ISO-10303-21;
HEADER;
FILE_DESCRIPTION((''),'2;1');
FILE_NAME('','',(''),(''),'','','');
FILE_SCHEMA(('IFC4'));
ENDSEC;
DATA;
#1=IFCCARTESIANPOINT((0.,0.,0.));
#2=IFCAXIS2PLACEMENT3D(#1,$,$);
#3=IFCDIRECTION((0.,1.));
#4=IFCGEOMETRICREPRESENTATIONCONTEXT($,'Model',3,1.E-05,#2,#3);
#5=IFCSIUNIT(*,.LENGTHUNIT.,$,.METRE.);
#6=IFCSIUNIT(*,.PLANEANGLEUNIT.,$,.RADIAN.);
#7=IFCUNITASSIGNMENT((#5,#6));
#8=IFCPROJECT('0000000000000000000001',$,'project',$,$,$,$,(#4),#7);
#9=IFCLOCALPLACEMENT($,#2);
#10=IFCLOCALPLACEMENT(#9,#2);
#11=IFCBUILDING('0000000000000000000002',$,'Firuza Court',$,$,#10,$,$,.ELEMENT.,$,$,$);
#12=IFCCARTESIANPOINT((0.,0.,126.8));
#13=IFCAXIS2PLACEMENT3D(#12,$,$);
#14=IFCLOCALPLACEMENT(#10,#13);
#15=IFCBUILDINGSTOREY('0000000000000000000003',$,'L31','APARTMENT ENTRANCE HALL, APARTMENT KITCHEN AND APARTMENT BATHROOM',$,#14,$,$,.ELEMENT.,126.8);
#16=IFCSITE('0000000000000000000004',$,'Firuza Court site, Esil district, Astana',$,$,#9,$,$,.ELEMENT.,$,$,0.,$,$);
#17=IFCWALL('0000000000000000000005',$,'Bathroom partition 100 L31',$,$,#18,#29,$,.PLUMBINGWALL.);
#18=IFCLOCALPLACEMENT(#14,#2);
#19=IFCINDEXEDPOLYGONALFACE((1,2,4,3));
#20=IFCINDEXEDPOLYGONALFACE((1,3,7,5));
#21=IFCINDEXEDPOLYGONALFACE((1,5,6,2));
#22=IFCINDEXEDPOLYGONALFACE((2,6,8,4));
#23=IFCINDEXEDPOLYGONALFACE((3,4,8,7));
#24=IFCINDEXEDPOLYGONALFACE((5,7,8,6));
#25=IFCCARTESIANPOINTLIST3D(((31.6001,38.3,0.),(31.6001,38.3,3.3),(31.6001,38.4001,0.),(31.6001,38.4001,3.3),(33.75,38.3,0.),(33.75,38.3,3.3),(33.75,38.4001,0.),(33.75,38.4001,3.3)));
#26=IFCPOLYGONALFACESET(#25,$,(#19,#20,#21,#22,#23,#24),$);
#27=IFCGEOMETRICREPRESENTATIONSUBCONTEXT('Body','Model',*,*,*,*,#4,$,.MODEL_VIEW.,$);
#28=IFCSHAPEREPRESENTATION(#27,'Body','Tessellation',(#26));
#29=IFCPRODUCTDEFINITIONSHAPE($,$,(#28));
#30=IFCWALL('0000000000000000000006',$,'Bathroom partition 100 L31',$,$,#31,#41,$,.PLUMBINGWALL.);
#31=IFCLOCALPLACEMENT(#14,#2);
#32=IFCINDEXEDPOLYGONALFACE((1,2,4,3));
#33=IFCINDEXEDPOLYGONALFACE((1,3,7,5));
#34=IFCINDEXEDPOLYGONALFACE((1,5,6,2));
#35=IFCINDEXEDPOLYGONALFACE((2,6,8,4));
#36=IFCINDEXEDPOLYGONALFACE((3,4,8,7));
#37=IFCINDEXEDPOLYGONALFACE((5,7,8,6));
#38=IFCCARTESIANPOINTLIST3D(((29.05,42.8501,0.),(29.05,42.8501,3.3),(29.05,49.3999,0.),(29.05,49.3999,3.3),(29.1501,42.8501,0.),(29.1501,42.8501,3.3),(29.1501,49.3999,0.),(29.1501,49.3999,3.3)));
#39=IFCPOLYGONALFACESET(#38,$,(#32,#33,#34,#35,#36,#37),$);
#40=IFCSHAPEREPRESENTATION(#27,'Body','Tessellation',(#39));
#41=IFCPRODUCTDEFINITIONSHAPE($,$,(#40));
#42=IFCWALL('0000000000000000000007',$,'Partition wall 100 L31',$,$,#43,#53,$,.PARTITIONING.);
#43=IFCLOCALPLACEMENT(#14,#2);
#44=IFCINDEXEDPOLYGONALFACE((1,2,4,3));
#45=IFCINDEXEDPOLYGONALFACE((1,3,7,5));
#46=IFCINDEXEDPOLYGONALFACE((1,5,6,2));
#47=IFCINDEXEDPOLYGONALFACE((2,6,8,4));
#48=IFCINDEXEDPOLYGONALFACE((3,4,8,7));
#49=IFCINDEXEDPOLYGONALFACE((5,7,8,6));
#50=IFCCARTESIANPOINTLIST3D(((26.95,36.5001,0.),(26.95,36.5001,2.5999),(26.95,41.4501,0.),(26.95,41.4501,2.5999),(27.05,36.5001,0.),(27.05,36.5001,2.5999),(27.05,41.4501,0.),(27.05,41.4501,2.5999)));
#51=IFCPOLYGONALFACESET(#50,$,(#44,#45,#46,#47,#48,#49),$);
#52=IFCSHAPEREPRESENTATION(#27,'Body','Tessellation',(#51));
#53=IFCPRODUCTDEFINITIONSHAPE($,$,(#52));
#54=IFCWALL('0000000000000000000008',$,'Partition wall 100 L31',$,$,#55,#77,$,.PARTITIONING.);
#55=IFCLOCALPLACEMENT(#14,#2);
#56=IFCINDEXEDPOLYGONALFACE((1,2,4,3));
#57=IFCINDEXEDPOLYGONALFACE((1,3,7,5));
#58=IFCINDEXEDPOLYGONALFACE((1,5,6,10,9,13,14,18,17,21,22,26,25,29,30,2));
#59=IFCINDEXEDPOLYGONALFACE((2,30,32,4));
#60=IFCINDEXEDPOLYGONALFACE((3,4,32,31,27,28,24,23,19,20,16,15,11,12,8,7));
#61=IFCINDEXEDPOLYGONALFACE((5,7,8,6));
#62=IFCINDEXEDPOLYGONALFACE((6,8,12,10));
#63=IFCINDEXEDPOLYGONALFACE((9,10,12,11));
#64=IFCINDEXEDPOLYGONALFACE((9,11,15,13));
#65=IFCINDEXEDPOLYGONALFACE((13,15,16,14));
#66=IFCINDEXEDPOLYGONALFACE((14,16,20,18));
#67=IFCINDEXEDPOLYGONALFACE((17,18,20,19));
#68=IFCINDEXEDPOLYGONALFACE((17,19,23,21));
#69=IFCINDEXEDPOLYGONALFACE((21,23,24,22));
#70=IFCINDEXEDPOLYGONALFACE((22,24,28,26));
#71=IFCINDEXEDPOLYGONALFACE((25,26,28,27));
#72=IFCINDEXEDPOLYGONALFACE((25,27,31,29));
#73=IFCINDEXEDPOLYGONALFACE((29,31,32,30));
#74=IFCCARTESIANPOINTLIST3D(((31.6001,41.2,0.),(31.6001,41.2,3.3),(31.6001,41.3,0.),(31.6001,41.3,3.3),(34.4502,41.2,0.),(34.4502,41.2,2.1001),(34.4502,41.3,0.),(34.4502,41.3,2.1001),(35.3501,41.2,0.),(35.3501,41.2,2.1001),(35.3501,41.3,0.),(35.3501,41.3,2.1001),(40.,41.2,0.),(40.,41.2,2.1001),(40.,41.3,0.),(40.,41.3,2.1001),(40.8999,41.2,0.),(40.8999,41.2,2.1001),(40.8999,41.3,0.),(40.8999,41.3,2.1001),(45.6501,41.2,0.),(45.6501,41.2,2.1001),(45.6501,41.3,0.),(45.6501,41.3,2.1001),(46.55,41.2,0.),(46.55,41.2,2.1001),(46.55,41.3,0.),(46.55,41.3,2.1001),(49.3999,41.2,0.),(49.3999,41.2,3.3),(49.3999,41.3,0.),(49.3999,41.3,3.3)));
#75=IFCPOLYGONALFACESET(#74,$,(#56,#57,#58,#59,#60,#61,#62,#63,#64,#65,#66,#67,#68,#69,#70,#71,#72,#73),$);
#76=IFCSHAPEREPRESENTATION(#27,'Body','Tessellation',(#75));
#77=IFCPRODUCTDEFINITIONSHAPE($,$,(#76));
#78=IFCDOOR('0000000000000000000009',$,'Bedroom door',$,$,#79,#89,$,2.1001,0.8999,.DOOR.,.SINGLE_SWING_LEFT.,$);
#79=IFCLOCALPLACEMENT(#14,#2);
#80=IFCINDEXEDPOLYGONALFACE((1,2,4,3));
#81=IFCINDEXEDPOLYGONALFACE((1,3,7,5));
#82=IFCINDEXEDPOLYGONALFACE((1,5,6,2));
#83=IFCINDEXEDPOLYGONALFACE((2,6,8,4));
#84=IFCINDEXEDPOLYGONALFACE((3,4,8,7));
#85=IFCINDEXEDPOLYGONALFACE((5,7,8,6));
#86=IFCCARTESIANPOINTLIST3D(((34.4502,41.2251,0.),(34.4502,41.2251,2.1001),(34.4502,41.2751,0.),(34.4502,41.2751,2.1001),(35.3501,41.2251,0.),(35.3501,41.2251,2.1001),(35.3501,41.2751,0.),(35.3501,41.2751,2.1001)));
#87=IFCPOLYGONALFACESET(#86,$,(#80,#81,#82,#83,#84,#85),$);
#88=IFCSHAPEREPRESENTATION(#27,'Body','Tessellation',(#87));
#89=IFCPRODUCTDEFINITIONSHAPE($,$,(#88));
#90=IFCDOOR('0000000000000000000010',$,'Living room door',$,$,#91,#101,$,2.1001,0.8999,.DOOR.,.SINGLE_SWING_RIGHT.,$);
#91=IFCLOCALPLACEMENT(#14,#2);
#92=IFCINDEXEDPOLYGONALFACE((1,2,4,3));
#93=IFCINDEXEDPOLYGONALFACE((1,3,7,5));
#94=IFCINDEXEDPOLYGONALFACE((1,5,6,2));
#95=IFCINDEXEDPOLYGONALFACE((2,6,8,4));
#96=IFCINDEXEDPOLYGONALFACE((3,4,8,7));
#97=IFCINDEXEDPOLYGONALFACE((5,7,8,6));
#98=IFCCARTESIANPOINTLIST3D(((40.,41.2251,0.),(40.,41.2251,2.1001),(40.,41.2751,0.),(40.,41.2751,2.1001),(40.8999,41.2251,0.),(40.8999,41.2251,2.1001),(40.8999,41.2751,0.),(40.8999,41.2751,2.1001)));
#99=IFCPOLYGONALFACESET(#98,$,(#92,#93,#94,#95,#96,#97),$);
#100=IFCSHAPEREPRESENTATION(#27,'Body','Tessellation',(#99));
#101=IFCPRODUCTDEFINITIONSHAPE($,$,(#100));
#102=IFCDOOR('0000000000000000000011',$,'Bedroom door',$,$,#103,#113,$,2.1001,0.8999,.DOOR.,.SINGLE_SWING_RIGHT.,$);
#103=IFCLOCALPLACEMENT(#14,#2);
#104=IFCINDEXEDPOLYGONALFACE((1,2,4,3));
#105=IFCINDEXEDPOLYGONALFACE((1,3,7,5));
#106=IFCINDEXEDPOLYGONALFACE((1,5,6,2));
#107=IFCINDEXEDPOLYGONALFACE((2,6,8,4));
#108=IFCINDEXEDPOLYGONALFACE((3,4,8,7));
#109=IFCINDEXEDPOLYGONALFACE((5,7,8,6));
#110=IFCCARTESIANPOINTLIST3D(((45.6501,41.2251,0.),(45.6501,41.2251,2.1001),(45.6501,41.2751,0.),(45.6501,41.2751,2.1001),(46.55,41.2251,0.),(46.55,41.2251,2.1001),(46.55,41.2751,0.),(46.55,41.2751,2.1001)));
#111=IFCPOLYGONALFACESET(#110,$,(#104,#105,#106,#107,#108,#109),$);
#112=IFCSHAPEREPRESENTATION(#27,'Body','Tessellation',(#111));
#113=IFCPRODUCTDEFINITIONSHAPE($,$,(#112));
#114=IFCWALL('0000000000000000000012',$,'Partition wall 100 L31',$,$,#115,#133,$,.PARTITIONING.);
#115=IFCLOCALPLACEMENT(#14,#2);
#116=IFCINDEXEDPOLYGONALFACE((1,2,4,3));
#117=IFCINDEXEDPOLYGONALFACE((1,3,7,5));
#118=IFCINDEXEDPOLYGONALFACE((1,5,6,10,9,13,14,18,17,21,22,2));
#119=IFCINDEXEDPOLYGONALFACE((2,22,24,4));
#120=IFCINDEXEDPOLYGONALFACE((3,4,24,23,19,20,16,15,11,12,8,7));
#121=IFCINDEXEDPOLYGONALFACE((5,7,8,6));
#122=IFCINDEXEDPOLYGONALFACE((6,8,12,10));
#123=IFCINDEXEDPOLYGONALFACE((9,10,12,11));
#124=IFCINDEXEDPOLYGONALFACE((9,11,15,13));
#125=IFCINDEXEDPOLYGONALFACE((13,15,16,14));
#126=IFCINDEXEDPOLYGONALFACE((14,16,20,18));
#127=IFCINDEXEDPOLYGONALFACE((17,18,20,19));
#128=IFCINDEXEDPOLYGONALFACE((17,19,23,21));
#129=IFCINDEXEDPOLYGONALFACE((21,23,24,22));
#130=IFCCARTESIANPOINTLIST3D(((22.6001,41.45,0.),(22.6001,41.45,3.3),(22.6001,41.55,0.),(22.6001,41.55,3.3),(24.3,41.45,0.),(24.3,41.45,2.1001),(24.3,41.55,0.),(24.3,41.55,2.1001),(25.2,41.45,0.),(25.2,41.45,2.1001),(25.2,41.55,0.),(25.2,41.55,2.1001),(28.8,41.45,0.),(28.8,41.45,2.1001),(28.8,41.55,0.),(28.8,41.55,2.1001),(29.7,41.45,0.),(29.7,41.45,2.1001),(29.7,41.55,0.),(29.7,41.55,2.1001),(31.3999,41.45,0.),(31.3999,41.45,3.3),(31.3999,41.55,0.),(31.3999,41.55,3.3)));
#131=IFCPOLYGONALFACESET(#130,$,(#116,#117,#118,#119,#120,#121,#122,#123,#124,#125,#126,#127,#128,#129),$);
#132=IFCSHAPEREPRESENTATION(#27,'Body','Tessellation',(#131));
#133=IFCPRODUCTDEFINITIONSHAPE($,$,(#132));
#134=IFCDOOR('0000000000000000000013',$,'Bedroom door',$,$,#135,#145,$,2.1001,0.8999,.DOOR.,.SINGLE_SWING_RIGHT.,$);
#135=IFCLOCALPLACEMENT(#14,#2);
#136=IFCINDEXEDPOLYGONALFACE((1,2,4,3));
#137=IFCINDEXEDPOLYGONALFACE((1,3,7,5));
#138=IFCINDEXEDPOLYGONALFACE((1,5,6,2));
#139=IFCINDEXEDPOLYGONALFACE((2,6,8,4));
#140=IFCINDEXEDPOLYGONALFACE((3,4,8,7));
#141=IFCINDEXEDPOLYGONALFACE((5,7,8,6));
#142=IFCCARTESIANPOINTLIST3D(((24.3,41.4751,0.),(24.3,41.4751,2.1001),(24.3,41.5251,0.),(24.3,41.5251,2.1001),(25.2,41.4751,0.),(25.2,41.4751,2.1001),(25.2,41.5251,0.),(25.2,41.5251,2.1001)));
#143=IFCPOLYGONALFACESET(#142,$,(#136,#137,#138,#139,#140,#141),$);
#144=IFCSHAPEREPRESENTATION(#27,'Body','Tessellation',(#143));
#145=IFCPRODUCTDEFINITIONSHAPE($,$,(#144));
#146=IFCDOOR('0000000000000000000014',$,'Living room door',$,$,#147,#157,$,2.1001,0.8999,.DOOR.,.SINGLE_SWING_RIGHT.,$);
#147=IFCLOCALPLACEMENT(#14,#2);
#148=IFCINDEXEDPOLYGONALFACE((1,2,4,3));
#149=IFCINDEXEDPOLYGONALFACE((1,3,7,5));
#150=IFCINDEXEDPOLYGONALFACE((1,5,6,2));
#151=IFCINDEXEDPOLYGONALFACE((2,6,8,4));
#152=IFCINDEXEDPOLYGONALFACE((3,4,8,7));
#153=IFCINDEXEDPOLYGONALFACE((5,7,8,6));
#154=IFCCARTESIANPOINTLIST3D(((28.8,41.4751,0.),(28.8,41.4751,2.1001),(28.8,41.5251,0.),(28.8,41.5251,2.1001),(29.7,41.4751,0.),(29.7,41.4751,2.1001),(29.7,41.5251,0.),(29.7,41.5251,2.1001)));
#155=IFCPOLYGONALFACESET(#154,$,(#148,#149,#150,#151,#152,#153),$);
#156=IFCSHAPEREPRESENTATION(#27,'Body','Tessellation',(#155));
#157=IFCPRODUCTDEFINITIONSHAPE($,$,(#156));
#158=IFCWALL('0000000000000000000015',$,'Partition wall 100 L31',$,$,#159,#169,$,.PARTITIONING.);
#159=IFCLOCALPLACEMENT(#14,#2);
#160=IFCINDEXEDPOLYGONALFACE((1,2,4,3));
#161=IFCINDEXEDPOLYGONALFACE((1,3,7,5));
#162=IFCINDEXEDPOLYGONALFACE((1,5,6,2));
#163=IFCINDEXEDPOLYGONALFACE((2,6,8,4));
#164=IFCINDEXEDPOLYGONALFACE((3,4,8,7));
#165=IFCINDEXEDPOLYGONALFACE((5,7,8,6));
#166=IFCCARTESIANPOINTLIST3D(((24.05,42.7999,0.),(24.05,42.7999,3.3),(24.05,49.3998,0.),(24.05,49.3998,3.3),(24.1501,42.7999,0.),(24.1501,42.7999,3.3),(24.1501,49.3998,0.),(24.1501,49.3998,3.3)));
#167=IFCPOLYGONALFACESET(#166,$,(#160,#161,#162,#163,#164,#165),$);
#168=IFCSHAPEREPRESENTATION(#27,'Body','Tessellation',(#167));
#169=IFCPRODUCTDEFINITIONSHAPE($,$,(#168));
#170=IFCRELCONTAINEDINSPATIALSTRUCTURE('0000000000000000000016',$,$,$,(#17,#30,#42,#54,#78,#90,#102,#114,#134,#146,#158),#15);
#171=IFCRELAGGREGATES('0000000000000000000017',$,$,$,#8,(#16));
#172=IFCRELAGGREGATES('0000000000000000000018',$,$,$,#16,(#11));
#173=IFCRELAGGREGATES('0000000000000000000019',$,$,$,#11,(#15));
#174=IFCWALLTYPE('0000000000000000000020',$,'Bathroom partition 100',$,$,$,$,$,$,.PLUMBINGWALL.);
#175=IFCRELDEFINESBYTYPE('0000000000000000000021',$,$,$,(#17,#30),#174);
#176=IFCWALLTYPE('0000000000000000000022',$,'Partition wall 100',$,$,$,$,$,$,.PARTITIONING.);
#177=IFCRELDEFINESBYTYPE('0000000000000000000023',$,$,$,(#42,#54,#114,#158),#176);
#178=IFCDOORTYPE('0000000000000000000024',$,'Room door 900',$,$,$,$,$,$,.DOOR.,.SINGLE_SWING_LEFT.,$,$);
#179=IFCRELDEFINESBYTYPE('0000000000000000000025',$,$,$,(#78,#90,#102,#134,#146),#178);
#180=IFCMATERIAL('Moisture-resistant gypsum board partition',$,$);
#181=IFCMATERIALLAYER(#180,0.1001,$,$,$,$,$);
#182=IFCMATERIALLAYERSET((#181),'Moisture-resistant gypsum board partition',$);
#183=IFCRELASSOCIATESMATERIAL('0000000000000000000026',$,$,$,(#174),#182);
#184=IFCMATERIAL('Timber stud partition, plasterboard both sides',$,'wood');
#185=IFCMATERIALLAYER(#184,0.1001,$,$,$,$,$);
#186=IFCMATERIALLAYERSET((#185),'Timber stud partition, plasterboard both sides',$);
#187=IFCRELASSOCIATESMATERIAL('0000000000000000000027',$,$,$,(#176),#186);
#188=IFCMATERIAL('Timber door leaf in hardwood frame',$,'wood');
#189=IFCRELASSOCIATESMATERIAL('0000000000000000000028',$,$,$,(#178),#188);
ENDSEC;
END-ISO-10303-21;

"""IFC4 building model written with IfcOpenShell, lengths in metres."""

from ifc_helpers import new_model, si_unit, direction, frame, frame_2d, origin, place, context, subcontext, project, spatial, rectangle, extrude, material, layer, layer_set, type_object, element, fill, save


model = new_model("IFC4")

# Units and contexts
model_context = context("Model", 3, precision=1e-05, world=origin(), true_north=direction((0.0, 1.0)))
body_context = subcontext(model_context, "Body", "Model", "MODEL_VIEW")
ifc_project = project(units=[si_unit("LENGTHUNIT", "METRE"), si_unit("PLANEANGLEUNIT", "RADIAN")], contexts=[model_context])

# Site, building, storey
site_placement = place(None, origin())
site = spatial("IfcSite", under=ifc_project, at=site_placement, Name="Firuza Court site, Esil district, Astana", CompositionType="ELEMENT", RefElevation=0.0)
building_placement = place(site_placement, origin())
building = spatial("IfcBuilding", under=site, at=building_placement, Name="Firuza Court", CompositionType="ELEMENT")
storey_placement = place(building_placement, frame((0.0, 0.0, 126.8)))
storey = spatial("IfcBuildingStorey", under=building, at=storey_placement, Name="L31", Description="APARTMENT ENTRANCE HALL, APARTMENT KITCHEN AND APARTMENT BATHROOM", CompositionType="ELEMENT", Elevation=126.8)

# Walls
ifc_material_1 = material(Name="Moisture-resistant gypsum board partition")
ifc_layer_1 = layer(ifc_material_1, 0.1001)
ifc_layer_set_1 = layer_set([ifc_layer_1], Name="Moisture-resistant gypsum board partition")
wall_type_1 = type_object("IfcWallType", Name="Bathroom partition 100", PredefinedType="PLUMBINGWALL", material=ifc_layer_set_1)
wall_1_placement = place(storey_placement, frame((31.6001, 38.3501, 0.0), z_axis=(0.0, 0.0, 1.0), x_axis=(1.0, 0.0, 0.0)))
element("IfcWall", 1, at=wall_1_placement, inside=storey, type_object=wall_type_1, Name="Bathroom partition 100 L31", PredefinedType="PLUMBINGWALL", context=body_context, shape_type="SweptSolid", body=[
    extrude(rectangle(XDim=2.1499, YDim=0.1001, at=frame_2d((1.075, 0.0))), origin(), (0.0, 0.0, 1.0), 3.3),
])
wall_2_placement = place(storey_placement, frame((29.1001, 42.8501, 0.0), z_axis=(0.0, 0.0, 1.0), x_axis=(0.0, 1.0, 0.0)))
element("IfcWall", 2, at=wall_2_placement, inside=storey, type_object=wall_type_1, Name="Bathroom partition 100 L31", PredefinedType="PLUMBINGWALL", context=body_context, shape_type="SweptSolid", body=[
    extrude(rectangle(XDim=6.5498, YDim=0.1001, at=frame_2d((3.2749, 0.0))), origin(), (0.0, 0.0, 1.0), 3.3),
])
ifc_material_2 = material(Name="Timber stud partition, plasterboard both sides", Category="wood")
ifc_layer_2 = layer(ifc_material_2, 0.1001)
ifc_layer_set_2 = layer_set([ifc_layer_2], Name="Timber stud partition, plasterboard both sides")
wall_type_2 = type_object("IfcWallType", Name="Partition wall 100", PredefinedType="PARTITIONING", material=ifc_layer_set_2)
wall_3_placement = place(storey_placement, frame((27.0, 36.5, 0.0), z_axis=(0.0, 0.0, 1.0), x_axis=(0.0, 1.0, 0.0)))
element("IfcWall", 3, at=wall_3_placement, inside=storey, type_object=wall_type_2, Name="Partition wall 100 L31", PredefinedType="PARTITIONING", context=body_context, shape_type="SweptSolid", body=[
    extrude(rectangle(XDim=4.95, YDim=0.1001, at=frame_2d((2.4751, 0.0))), origin(), (0.0, 0.0, 1.0), 2.5999),
])

# Walls, openings, doors
wall_4_placement = place(storey_placement, frame((31.6001, 41.25, 0.0), z_axis=(0.0, 0.0, 1.0), x_axis=(1.0, 0.0, 0.0)))
wall_4 = element("IfcWall", 4, at=wall_4_placement, inside=storey, type_object=wall_type_2, Name="Partition wall 100 L31", PredefinedType="PARTITIONING", context=body_context, shape_type="SweptSolid", body=[
    extrude(rectangle(XDim=17.7998, YDim=0.1001, at=frame_2d((8.8999, 0.0))), origin(), (0.0, 0.0, 1.0), 3.3),
])
opening_1_placement = place(wall_4_placement, frame((2.8501, 0.0, 0.0)))
opening_1 = element("IfcOpeningElement", 5, at=opening_1_placement, cuts=wall_4, PredefinedType="OPENING", context=body_context, shape_type="SweptSolid", body=[
    extrude(rectangle(XDim=0.8999, YDim=2.1001, at=frame_2d((0.45, 1.05))), frame((0.0, 0.062, 0.0), z_axis=(0.0, -1.0, 0.0), x_axis=(1.0, 0.0, 0.0)), (0.0, 0.0, 1.0), 0.124),
])
opening_2_placement = place(wall_4_placement, frame((8.3999, 0.0, 0.0)))
opening_2 = element("IfcOpeningElement", 6, at=opening_2_placement, cuts=wall_4, PredefinedType="OPENING", context=body_context, shape_type="SweptSolid", body=[
    extrude(rectangle(XDim=0.8999, YDim=2.1001, at=frame_2d((0.45, 1.05))), frame((0.0, 0.062, 0.0), z_axis=(0.0, -1.0, 0.0), x_axis=(1.0, 0.0, 0.0)), (0.0, 0.0, 1.0), 0.124),
])
opening_3_placement = place(wall_4_placement, frame((14.05, 0.0, 0.0)))
opening_3 = element("IfcOpeningElement", 7, at=opening_3_placement, cuts=wall_4, PredefinedType="OPENING", context=body_context, shape_type="SweptSolid", body=[
    extrude(rectangle(XDim=0.8999, YDim=2.1001, at=frame_2d((0.45, 1.05))), frame((0.0, 0.062, 0.0), z_axis=(0.0, -1.0, 0.0), x_axis=(1.0, 0.0, 0.0)), (0.0, 0.0, 1.0), 0.124),
])
ifc_material_3 = material(Name="Timber door leaf in hardwood frame", Category="wood")
door_type_1 = type_object("IfcDoorType", Name="Room door 900", OperationType="SINGLE_SWING_LEFT", PredefinedType="DOOR", material=ifc_material_3)
door_1_placement = place(opening_1_placement, frame((0.8999, 0.0, 0.0), z_axis=(0.0, 0.0, 1.0), x_axis=(-1.0, 0.0, 0.0)))
door_1 = element("IfcDoor", 8, at=door_1_placement, inside=storey, type_object=door_type_1, Name="Bedroom door", OperationType="SINGLE_SWING_LEFT", OverallHeight=2.1001, OverallWidth=0.8999, PredefinedType="DOOR", context=body_context, shape_type="SweptSolid", body=[
    extrude(rectangle(XDim=0.8999, YDim=2.1001, at=frame_2d((0.45, 1.05))), frame((0.0, 0.0249, 0.0), z_axis=(0.0, -1.0, 0.0), x_axis=(1.0, 0.0, 0.0)), (0.0, 0.0, 1.0), 0.05),
])
fill(opening_1, door_1)
door_2_placement = place(opening_2_placement, frame((0.8999, 0.0, 0.0), z_axis=(0.0, 0.0, 1.0), x_axis=(-1.0, 0.0, 0.0)))
door_2 = element("IfcDoor", 9, at=door_2_placement, inside=storey, type_object=door_type_1, Name="Living room door", OperationType="SINGLE_SWING_RIGHT", OverallHeight=2.1001, OverallWidth=0.8999, PredefinedType="DOOR", context=body_context, shape_type="SweptSolid", body=[
    extrude(rectangle(XDim=0.8999, YDim=2.1001, at=frame_2d((0.45, 1.05))), frame((0.0, 0.0249, 0.0), z_axis=(0.0, -1.0, 0.0), x_axis=(1.0, 0.0, 0.0)), (0.0, 0.0, 1.0), 0.05),
])
fill(opening_2, door_2)
door_3_placement = place(opening_3_placement, frame((0.8999, 0.0, 0.0), z_axis=(0.0, 0.0, 1.0), x_axis=(-1.0, 0.0, 0.0)))
door_3 = element("IfcDoor", 10, at=door_3_placement, inside=storey, type_object=door_type_1, Name="Bedroom door", OperationType="SINGLE_SWING_RIGHT", OverallHeight=2.1001, OverallWidth=0.8999, PredefinedType="DOOR", context=body_context, shape_type="SweptSolid", body=[
    extrude(rectangle(XDim=0.8999, YDim=2.1001, at=frame_2d((0.45, 1.05))), frame((0.0, 0.0249, 0.0), z_axis=(0.0, -1.0, 0.0), x_axis=(1.0, 0.0, 0.0)), (0.0, 0.0, 1.0), 0.05),
])
fill(opening_3, door_3)
wall_5_placement = place(storey_placement, frame((22.6001, 41.5, 0.0), z_axis=(0.0, 0.0, 1.0), x_axis=(1.0, 0.0, 0.0)))
wall_5 = element("IfcWall", 11, at=wall_5_placement, inside=storey, type_object=wall_type_2, Name="Partition wall 100 L31", PredefinedType="PARTITIONING", context=body_context, shape_type="SweptSolid", body=[
    extrude(rectangle(XDim=8.7998, YDim=0.1001, at=frame_2d((4.3999, 0.0))), origin(), (0.0, 0.0, 1.0), 3.3),
])
opening_4_placement = place(wall_5_placement, frame((1.7, 0.0, 0.0)))
opening_4 = element("IfcOpeningElement", 12, at=opening_4_placement, cuts=wall_5, PredefinedType="OPENING", context=body_context, shape_type="SweptSolid", body=[
    extrude(rectangle(XDim=0.8999, YDim=2.1001, at=frame_2d((0.45, 1.05))), frame((0.0, 0.062, 0.0), z_axis=(0.0, -1.0, 0.0), x_axis=(1.0, 0.0, 0.0)), (0.0, 0.0, 1.0), 0.124),
])
opening_5_placement = place(wall_5_placement, frame((6.2, 0.0, 0.0)))
opening_5 = element("IfcOpeningElement", 13, at=opening_5_placement, cuts=wall_5, PredefinedType="OPENING", context=body_context, shape_type="SweptSolid", body=[
    extrude(rectangle(XDim=0.8999, YDim=2.1001, at=frame_2d((0.45, 1.05))), frame((0.0, 0.062, 0.0), z_axis=(0.0, -1.0, 0.0), x_axis=(1.0, 0.0, 0.0)), (0.0, 0.0, 1.0), 0.124),
])
door_4_placement = place(opening_4_placement, frame((0.8999, 0.0, 0.0), z_axis=(0.0, 0.0, 1.0), x_axis=(-1.0, 0.0, 0.0)))
door_4 = element("IfcDoor", 14, at=door_4_placement, inside=storey, type_object=door_type_1, Name="Bedroom door", OperationType="SINGLE_SWING_RIGHT", OverallHeight=2.1001, OverallWidth=0.8999, PredefinedType="DOOR", context=body_context, shape_type="SweptSolid", body=[
    extrude(rectangle(XDim=0.8999, YDim=2.1001, at=frame_2d((0.45, 1.05))), frame((0.0, 0.0249, 0.0), z_axis=(0.0, -1.0, 0.0), x_axis=(1.0, 0.0, 0.0)), (0.0, 0.0, 1.0), 0.05),
])
fill(opening_4, door_4)
door_5_placement = place(opening_5_placement, frame((0.8999, 0.0, 0.0), z_axis=(0.0, 0.0, 1.0), x_axis=(-1.0, 0.0, 0.0)))
door_5 = element("IfcDoor", 15, at=door_5_placement, inside=storey, type_object=door_type_1, Name="Living room door", OperationType="SINGLE_SWING_RIGHT", OverallHeight=2.1001, OverallWidth=0.8999, PredefinedType="DOOR", context=body_context, shape_type="SweptSolid", body=[
    extrude(rectangle(XDim=0.8999, YDim=2.1001, at=frame_2d((0.45, 1.05))), frame((0.0, 0.0249, 0.0), z_axis=(0.0, -1.0, 0.0), x_axis=(1.0, 0.0, 0.0)), (0.0, 0.0, 1.0), 0.05),
])
fill(opening_5, door_5)

# Wall
wall_6_placement = place(storey_placement, frame((24.1001, 42.8, 0.0), z_axis=(0.0, 0.0, 1.0), x_axis=(0.0, 1.0, 0.0)))
element("IfcWall", 16, at=wall_6_placement, inside=storey, type_object=wall_type_2, Name="Partition wall 100 L31", PredefinedType="PARTITIONING", context=body_context, shape_type="SweptSolid", body=[
    extrude(rectangle(XDim=6.5999, YDim=0.1001, at=frame_2d((3.2998, 0.0))), origin(), (0.0, 0.0, 1.0), 3.3),
])

save(model, "model.ifc")
